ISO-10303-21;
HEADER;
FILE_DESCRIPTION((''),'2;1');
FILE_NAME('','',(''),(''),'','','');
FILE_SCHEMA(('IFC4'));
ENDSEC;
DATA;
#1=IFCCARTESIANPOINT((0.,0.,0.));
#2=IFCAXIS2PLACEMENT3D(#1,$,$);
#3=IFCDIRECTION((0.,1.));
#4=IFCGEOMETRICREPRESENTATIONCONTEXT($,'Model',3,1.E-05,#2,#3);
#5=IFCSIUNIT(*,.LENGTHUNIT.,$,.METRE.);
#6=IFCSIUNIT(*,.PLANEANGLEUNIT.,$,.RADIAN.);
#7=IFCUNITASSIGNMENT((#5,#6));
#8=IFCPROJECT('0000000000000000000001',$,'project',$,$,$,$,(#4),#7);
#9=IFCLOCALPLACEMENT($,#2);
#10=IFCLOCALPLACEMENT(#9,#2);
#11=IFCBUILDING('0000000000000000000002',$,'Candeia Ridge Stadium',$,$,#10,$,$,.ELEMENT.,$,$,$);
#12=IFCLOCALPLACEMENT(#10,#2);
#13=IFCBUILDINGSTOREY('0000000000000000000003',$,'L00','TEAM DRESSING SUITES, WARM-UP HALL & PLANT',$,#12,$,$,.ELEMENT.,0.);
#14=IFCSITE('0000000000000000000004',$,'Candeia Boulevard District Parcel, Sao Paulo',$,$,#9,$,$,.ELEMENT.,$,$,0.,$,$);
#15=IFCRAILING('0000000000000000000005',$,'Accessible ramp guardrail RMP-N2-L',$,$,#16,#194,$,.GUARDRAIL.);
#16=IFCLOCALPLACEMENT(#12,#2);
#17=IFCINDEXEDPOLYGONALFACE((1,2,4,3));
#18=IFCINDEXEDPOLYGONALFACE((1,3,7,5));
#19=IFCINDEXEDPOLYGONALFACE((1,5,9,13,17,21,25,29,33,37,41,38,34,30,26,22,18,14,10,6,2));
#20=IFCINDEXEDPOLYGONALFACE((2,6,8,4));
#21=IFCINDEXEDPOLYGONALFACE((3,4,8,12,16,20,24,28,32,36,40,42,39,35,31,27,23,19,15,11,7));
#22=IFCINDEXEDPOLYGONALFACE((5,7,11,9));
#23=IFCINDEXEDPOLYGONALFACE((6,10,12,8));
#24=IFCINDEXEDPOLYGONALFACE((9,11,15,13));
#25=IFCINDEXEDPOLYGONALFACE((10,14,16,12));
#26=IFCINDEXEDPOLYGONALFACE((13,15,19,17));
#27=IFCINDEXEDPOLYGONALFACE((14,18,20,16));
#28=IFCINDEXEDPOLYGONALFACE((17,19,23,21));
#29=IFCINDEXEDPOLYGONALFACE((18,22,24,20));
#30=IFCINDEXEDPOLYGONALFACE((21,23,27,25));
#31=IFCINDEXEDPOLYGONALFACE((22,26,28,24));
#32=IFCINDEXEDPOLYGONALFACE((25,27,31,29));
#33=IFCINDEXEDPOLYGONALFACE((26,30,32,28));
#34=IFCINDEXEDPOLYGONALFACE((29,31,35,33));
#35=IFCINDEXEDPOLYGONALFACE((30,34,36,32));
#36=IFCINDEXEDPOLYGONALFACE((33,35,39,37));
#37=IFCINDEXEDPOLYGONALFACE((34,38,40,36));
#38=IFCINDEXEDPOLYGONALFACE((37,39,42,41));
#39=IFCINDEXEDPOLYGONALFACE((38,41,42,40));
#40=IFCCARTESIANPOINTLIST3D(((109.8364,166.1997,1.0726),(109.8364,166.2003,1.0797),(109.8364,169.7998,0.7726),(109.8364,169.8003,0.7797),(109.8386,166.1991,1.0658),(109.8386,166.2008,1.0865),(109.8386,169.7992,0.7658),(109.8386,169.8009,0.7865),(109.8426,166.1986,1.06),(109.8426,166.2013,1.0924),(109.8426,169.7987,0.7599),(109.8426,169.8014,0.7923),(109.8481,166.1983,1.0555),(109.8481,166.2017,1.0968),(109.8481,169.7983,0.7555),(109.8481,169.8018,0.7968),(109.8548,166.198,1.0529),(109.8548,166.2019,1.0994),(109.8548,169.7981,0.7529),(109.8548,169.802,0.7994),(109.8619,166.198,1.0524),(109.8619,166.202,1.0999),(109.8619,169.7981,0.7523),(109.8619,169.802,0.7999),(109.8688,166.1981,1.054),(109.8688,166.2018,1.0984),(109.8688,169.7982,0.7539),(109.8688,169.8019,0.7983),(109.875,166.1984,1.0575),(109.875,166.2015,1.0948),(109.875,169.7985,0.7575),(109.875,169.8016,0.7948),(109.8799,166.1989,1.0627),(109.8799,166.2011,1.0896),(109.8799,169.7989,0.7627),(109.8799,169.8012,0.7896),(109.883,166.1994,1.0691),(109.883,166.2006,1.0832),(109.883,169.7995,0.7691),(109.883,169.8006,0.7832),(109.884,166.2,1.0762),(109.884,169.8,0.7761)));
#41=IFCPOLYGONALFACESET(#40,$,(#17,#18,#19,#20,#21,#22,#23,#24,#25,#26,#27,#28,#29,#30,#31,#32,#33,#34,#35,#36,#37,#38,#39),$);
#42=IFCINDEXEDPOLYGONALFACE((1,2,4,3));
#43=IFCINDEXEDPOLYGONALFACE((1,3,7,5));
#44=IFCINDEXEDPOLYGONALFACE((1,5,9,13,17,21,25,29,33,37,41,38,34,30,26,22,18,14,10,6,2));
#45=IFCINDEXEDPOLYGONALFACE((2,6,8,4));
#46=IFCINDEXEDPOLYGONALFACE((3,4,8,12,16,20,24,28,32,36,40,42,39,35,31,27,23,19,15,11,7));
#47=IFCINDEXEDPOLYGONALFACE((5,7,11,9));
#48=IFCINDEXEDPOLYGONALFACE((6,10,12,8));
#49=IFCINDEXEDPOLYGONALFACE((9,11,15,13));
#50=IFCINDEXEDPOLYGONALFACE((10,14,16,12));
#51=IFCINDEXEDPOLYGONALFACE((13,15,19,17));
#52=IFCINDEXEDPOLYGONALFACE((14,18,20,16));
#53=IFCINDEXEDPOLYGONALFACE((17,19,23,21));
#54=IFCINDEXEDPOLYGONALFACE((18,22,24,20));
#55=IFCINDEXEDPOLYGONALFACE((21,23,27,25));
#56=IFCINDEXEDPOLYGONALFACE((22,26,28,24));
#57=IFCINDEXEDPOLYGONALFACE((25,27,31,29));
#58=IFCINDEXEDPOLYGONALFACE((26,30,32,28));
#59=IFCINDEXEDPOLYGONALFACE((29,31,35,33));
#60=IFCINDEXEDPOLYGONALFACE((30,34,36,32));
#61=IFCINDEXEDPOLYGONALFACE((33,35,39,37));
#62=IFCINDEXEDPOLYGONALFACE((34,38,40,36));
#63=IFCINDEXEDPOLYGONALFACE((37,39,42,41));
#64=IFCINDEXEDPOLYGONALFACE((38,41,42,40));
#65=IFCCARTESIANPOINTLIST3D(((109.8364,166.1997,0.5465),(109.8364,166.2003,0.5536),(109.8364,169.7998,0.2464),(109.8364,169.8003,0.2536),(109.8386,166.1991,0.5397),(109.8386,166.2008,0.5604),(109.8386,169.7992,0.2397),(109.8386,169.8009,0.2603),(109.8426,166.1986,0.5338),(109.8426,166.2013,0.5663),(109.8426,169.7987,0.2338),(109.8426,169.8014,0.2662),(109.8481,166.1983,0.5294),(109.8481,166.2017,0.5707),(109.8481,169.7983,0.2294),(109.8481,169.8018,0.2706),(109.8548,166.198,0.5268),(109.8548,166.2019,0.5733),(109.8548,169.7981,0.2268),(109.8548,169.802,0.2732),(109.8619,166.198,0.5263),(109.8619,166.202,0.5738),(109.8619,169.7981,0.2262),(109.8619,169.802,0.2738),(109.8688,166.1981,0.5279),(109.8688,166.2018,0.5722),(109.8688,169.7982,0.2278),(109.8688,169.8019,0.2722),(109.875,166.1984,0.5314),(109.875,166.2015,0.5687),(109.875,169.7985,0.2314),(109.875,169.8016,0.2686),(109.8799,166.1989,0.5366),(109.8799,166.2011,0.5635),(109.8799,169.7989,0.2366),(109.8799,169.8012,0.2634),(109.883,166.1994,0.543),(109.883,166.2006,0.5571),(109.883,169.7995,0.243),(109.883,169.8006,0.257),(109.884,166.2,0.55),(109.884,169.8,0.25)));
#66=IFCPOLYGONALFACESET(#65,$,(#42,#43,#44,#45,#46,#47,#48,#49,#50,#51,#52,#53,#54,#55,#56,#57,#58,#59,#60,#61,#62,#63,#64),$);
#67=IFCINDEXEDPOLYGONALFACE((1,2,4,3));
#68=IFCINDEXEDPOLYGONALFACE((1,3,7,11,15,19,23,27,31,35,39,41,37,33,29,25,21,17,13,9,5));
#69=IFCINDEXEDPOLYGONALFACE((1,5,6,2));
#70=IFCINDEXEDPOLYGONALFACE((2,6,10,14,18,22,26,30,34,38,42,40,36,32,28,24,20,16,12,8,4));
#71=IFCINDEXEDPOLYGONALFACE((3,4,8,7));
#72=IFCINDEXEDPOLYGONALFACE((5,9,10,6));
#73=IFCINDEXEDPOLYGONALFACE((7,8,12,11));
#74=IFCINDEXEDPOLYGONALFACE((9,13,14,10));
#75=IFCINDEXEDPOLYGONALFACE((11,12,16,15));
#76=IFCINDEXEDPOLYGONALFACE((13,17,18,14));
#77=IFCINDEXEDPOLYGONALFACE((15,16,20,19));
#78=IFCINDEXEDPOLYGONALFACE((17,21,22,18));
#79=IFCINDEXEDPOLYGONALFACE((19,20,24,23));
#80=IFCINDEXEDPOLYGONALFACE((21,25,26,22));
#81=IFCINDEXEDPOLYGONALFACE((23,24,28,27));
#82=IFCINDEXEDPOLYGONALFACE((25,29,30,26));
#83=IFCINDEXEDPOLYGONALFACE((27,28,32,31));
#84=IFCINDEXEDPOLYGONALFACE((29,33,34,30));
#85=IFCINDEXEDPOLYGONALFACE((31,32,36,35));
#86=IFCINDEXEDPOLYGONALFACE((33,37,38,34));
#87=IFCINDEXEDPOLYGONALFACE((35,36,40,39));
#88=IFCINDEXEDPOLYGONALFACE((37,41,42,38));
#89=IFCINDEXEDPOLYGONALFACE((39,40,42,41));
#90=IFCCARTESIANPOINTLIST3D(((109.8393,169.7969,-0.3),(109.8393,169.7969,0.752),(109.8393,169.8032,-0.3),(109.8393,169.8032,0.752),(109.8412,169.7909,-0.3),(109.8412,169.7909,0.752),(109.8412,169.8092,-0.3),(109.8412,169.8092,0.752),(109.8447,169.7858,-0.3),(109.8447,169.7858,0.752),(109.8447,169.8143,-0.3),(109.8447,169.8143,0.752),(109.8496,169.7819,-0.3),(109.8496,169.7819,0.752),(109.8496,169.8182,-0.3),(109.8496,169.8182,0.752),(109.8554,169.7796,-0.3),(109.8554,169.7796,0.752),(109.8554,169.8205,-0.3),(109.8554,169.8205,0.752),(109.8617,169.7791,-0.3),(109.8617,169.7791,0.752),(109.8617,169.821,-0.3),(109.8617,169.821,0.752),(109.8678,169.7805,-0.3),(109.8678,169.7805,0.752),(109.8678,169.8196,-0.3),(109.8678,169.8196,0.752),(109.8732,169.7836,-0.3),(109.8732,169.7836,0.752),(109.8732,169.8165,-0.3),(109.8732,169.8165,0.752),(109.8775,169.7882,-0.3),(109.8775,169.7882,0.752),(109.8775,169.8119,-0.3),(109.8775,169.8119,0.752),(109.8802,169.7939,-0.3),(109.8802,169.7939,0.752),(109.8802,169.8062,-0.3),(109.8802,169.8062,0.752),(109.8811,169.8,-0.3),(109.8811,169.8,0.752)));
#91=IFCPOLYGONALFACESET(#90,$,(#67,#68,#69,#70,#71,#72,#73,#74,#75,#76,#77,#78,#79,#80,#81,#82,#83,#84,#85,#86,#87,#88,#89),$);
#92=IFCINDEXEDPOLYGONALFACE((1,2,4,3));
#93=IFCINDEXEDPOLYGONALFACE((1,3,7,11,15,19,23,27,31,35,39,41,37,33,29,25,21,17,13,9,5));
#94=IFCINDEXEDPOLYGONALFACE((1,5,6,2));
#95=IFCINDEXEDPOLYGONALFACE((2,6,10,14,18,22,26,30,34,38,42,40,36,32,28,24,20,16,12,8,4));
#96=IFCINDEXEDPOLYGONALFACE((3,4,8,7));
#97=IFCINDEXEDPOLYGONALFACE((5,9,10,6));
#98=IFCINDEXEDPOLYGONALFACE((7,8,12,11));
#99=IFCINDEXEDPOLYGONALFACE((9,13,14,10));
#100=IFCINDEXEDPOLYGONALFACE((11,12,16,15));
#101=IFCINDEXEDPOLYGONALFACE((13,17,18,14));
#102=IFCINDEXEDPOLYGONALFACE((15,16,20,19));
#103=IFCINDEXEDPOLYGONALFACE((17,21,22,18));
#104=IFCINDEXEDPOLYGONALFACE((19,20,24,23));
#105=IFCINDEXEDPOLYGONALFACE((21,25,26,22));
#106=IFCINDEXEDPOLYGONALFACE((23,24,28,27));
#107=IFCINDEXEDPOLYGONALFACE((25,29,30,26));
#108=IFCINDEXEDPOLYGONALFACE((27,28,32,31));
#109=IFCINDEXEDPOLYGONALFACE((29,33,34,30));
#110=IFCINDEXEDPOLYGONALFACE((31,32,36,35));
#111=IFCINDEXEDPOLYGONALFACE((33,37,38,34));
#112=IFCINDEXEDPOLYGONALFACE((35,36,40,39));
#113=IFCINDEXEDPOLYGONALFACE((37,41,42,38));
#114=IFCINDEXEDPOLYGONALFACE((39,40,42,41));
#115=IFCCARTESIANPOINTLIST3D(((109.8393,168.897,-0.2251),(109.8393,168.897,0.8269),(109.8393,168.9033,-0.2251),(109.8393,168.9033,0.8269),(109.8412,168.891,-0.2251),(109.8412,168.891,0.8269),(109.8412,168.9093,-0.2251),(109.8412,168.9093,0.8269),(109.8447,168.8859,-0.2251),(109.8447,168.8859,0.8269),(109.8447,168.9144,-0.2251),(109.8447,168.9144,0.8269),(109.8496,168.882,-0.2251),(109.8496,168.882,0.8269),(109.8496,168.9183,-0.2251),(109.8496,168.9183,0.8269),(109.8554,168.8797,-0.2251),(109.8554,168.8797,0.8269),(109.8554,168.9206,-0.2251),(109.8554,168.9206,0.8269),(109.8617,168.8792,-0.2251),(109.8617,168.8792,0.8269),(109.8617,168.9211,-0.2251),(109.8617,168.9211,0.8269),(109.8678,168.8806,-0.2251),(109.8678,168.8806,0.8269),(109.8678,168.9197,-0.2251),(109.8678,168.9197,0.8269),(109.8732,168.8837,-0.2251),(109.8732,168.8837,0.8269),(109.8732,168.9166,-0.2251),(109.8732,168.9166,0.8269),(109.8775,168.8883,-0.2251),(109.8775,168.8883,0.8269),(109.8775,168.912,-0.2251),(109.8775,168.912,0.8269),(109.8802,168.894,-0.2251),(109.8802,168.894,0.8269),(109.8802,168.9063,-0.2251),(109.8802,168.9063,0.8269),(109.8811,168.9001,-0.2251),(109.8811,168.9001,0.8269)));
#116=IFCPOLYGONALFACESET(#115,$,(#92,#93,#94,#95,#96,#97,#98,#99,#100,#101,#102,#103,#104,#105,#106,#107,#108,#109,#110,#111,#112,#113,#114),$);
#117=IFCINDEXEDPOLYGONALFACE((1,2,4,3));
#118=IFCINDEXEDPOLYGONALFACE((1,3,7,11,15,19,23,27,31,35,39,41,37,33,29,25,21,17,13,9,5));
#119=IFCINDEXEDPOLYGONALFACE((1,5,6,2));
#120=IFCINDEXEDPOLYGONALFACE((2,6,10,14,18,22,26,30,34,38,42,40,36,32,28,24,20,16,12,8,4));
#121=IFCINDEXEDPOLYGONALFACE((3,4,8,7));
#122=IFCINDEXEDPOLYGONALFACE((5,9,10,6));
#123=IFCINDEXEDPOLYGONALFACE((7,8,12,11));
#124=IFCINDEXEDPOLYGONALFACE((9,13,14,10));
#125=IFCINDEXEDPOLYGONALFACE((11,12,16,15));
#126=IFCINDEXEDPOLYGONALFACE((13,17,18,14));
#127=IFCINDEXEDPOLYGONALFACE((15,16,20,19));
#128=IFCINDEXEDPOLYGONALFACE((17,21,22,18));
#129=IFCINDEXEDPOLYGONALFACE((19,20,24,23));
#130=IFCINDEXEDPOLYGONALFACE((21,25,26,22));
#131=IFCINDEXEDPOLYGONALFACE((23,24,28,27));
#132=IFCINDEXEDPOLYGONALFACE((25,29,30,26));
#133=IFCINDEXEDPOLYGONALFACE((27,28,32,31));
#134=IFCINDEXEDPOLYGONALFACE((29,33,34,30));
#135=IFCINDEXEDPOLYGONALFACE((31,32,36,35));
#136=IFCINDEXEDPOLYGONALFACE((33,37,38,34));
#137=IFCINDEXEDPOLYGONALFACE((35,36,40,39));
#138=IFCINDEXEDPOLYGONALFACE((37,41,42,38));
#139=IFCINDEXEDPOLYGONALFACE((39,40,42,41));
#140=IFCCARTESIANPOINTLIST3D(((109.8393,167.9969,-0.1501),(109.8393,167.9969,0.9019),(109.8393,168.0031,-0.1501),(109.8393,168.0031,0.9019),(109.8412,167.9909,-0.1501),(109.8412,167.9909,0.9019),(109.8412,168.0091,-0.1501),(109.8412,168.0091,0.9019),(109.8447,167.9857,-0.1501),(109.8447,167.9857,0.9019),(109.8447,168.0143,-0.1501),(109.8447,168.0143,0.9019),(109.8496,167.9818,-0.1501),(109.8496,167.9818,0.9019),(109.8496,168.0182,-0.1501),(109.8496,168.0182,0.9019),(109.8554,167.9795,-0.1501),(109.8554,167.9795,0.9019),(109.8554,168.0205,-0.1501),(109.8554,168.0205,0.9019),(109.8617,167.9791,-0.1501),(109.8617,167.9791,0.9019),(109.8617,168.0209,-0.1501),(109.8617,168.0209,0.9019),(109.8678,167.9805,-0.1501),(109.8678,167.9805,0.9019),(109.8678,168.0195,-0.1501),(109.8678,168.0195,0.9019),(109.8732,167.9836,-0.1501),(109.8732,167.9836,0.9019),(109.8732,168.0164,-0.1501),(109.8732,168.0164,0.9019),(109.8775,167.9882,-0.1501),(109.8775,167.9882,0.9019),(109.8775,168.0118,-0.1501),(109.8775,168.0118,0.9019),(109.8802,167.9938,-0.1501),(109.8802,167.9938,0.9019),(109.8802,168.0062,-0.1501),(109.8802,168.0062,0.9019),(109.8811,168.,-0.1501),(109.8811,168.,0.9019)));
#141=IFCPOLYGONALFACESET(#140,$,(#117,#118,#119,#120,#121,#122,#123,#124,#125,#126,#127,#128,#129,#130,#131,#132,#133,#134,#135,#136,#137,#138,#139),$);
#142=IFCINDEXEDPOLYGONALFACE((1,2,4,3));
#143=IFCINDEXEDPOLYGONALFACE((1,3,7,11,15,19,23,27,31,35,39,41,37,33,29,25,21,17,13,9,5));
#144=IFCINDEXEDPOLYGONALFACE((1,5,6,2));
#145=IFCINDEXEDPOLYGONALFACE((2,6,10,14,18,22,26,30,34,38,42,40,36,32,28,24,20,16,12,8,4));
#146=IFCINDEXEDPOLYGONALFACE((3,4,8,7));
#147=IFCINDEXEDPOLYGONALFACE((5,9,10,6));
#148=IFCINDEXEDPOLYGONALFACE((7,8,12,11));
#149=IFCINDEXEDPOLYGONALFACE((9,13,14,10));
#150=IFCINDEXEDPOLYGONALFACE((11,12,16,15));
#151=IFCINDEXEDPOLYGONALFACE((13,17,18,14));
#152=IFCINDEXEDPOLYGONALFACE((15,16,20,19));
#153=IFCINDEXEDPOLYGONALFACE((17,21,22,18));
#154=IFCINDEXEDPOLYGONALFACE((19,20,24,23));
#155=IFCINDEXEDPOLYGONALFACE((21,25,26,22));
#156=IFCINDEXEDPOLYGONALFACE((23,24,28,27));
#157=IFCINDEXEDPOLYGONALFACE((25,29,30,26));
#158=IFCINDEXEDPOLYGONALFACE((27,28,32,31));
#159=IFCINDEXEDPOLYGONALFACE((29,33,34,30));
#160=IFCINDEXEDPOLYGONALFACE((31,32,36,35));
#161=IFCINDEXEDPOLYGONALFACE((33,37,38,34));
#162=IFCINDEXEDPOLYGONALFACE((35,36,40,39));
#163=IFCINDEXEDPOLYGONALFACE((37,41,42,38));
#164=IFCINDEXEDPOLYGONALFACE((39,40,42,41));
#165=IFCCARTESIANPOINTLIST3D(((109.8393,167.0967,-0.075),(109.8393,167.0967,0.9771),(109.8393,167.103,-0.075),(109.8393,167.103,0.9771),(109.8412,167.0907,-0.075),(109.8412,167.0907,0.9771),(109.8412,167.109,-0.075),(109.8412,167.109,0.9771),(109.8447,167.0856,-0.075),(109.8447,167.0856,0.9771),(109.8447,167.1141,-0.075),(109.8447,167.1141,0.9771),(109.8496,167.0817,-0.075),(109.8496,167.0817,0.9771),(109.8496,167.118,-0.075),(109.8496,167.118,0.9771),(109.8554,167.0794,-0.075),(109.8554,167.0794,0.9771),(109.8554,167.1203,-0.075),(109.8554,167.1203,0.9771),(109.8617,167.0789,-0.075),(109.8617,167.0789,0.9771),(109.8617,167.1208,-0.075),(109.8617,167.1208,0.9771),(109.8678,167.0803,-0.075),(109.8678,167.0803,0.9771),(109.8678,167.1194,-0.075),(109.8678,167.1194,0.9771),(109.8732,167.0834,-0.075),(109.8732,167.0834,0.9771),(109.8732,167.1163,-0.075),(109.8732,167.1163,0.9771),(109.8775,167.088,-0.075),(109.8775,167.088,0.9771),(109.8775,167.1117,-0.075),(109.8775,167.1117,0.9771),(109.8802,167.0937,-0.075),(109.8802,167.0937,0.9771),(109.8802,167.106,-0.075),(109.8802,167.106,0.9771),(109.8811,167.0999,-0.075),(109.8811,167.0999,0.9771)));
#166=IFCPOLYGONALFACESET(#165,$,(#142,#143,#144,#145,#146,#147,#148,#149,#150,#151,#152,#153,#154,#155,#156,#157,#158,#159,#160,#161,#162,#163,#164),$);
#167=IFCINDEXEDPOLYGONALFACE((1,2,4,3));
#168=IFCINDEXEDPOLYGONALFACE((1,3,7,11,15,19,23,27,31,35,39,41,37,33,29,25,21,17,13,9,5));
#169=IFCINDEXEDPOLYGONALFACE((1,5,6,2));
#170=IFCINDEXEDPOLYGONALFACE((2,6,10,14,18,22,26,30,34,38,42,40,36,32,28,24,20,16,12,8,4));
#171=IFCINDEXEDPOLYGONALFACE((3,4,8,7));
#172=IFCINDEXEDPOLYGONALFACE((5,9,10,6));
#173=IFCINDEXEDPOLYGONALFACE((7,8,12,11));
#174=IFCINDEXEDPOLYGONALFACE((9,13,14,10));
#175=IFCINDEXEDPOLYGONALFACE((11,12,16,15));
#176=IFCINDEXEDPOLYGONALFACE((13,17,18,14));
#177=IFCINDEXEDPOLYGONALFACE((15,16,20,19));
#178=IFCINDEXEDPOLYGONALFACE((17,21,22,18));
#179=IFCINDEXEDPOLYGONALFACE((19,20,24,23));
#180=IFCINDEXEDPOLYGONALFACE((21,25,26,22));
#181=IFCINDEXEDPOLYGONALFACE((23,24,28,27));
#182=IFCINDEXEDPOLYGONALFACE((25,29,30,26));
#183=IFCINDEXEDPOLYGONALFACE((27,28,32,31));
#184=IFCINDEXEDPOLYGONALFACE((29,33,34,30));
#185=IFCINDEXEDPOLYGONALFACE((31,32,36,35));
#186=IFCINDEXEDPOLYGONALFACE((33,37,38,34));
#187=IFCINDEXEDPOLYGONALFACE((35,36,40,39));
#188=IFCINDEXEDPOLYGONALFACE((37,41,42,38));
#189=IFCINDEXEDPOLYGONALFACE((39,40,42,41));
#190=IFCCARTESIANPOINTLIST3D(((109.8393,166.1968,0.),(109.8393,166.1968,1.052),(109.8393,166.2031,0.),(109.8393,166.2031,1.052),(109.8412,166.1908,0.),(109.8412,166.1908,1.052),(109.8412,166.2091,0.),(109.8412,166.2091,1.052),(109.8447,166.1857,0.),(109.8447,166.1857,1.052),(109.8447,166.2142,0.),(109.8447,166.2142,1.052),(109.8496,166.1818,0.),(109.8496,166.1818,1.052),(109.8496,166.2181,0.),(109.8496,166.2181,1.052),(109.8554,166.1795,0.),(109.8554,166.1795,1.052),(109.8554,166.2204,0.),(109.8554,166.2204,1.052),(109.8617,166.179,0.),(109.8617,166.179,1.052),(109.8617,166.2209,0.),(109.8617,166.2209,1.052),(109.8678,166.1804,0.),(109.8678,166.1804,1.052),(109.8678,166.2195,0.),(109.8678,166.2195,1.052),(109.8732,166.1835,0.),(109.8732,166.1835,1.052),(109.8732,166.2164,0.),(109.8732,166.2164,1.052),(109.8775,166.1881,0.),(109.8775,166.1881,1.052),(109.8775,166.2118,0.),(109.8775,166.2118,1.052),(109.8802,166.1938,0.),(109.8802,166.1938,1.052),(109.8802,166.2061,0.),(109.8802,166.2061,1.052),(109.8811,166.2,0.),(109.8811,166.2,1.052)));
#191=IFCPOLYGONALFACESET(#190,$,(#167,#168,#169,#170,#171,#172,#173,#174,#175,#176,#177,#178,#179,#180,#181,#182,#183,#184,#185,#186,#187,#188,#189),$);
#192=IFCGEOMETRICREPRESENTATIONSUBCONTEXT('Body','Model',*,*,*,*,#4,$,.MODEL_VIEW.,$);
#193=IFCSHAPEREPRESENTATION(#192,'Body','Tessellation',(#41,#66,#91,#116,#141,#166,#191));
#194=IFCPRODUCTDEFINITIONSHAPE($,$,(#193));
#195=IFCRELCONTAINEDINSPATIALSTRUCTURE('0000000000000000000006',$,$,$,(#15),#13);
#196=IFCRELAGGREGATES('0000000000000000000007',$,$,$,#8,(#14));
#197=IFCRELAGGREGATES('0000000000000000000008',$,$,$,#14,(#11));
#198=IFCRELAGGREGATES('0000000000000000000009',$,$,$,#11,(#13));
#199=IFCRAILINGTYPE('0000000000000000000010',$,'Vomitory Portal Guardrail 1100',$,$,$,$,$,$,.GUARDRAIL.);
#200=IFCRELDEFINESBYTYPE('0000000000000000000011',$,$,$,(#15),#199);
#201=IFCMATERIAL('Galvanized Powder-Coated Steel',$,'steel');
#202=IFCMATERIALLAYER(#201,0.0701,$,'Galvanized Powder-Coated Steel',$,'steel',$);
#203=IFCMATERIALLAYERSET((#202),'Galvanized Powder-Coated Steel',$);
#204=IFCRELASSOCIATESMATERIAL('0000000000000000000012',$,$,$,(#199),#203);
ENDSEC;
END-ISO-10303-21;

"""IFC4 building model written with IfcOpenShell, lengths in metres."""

from ifc_helpers import new_model, si_unit, direction, frame, origin, origin_2d, place, context, subcontext, project, spatial, circle, extrude, material, layer, layer_set, type_object, element, save


model = new_model("IFC4")

# Units and contexts
model_context = context("Model", 3, precision=1e-05, world=origin(), true_north=direction((0.0, 1.0)))
body_context = subcontext(model_context, "Body", "Model", "MODEL_VIEW")
ifc_project = project(units=[si_unit("LENGTHUNIT", "METRE"), si_unit("PLANEANGLEUNIT", "RADIAN")], contexts=[model_context])

# Site, building, storey
site_placement = place(None, origin())
site = spatial("IfcSite", under=ifc_project, at=site_placement, Name="Candeia Boulevard District Parcel, Sao Paulo", CompositionType="ELEMENT", RefElevation=0.0)
building_placement = place(site_placement, origin())
building = spatial("IfcBuilding", under=site, at=building_placement, Name="Candeia Ridge Stadium", CompositionType="ELEMENT")
storey_placement = place(building_placement, origin())
storey = spatial("IfcBuildingStorey", under=building, at=storey_placement, Name="L00", Description="TEAM DRESSING SUITES, WARM-UP HALL & PLANT", CompositionType="ELEMENT", Elevation=0.0)

# Railing
ifc_material_1 = material(Name="Galvanized Powder-Coated Steel", Category="steel")
ifc_layer_1 = layer(ifc_material_1, 0.0701, Name="Galvanized Powder-Coated Steel", Category="steel")
ifc_layer_set_1 = layer_set([ifc_layer_1], Name="Galvanized Powder-Coated Steel")
railing_type_1 = type_object("IfcRailingType", Name="Vomitory Portal Guardrail 1100", PredefinedType="GUARDRAIL", material=ifc_layer_set_1)
for number, where, name in (
    (1, (109.8601, 169.8, -0.3), "Accessible ramp guardrail RMP-N2-L"),
):
    element("IfcRailing", number, at=place(storey_placement, frame(where)), inside=storey, type_object=railing_type_1, Name=name, PredefinedType="GUARDRAIL", context=body_context, shape_type="SweptSolid", body=[
        extrude(circle(Radius=0.0239, at=origin_2d()), frame((0.0, 0.0, 1.0762), z_axis=(0.0, -0.996545, 0.083057), x_axis=(1.0, 0.0, 0.0)), (0.0, 0.0, 1.0), 3.6125),
        extrude(circle(Radius=0.0239, at=origin_2d()), frame((0.0, 0.0, 0.55), z_axis=(0.0, -0.996545, 0.083057), x_axis=(1.0, 0.0, 0.0)), (0.0, 0.0, 1.0), 3.6125),
        extrude(circle(Radius=0.021, at=origin_2d()), origin(), (0.0, 0.0, 1.0), 1.052),
        extrude(circle(Radius=0.021, at=origin_2d()), frame((0.0, -0.8999, 0.075)), (0.0, 0.0, 1.0), 1.052),
        extrude(circle(Radius=0.021, at=origin_2d()), frame((0.0, -1.8, 0.1499)), (0.0, 0.0, 1.0), 1.052),
        extrude(circle(Radius=0.021, at=origin_2d()), frame((0.0, -2.7002, 0.2251)), (0.0, 0.0, 1.0), 1.052),
        extrude(circle(Radius=0.021, at=origin_2d()), frame((0.0, -3.6001, 0.3)), (0.0, 0.0, 1.0), 1.052),
    ])

save(model, "model.ifc")
